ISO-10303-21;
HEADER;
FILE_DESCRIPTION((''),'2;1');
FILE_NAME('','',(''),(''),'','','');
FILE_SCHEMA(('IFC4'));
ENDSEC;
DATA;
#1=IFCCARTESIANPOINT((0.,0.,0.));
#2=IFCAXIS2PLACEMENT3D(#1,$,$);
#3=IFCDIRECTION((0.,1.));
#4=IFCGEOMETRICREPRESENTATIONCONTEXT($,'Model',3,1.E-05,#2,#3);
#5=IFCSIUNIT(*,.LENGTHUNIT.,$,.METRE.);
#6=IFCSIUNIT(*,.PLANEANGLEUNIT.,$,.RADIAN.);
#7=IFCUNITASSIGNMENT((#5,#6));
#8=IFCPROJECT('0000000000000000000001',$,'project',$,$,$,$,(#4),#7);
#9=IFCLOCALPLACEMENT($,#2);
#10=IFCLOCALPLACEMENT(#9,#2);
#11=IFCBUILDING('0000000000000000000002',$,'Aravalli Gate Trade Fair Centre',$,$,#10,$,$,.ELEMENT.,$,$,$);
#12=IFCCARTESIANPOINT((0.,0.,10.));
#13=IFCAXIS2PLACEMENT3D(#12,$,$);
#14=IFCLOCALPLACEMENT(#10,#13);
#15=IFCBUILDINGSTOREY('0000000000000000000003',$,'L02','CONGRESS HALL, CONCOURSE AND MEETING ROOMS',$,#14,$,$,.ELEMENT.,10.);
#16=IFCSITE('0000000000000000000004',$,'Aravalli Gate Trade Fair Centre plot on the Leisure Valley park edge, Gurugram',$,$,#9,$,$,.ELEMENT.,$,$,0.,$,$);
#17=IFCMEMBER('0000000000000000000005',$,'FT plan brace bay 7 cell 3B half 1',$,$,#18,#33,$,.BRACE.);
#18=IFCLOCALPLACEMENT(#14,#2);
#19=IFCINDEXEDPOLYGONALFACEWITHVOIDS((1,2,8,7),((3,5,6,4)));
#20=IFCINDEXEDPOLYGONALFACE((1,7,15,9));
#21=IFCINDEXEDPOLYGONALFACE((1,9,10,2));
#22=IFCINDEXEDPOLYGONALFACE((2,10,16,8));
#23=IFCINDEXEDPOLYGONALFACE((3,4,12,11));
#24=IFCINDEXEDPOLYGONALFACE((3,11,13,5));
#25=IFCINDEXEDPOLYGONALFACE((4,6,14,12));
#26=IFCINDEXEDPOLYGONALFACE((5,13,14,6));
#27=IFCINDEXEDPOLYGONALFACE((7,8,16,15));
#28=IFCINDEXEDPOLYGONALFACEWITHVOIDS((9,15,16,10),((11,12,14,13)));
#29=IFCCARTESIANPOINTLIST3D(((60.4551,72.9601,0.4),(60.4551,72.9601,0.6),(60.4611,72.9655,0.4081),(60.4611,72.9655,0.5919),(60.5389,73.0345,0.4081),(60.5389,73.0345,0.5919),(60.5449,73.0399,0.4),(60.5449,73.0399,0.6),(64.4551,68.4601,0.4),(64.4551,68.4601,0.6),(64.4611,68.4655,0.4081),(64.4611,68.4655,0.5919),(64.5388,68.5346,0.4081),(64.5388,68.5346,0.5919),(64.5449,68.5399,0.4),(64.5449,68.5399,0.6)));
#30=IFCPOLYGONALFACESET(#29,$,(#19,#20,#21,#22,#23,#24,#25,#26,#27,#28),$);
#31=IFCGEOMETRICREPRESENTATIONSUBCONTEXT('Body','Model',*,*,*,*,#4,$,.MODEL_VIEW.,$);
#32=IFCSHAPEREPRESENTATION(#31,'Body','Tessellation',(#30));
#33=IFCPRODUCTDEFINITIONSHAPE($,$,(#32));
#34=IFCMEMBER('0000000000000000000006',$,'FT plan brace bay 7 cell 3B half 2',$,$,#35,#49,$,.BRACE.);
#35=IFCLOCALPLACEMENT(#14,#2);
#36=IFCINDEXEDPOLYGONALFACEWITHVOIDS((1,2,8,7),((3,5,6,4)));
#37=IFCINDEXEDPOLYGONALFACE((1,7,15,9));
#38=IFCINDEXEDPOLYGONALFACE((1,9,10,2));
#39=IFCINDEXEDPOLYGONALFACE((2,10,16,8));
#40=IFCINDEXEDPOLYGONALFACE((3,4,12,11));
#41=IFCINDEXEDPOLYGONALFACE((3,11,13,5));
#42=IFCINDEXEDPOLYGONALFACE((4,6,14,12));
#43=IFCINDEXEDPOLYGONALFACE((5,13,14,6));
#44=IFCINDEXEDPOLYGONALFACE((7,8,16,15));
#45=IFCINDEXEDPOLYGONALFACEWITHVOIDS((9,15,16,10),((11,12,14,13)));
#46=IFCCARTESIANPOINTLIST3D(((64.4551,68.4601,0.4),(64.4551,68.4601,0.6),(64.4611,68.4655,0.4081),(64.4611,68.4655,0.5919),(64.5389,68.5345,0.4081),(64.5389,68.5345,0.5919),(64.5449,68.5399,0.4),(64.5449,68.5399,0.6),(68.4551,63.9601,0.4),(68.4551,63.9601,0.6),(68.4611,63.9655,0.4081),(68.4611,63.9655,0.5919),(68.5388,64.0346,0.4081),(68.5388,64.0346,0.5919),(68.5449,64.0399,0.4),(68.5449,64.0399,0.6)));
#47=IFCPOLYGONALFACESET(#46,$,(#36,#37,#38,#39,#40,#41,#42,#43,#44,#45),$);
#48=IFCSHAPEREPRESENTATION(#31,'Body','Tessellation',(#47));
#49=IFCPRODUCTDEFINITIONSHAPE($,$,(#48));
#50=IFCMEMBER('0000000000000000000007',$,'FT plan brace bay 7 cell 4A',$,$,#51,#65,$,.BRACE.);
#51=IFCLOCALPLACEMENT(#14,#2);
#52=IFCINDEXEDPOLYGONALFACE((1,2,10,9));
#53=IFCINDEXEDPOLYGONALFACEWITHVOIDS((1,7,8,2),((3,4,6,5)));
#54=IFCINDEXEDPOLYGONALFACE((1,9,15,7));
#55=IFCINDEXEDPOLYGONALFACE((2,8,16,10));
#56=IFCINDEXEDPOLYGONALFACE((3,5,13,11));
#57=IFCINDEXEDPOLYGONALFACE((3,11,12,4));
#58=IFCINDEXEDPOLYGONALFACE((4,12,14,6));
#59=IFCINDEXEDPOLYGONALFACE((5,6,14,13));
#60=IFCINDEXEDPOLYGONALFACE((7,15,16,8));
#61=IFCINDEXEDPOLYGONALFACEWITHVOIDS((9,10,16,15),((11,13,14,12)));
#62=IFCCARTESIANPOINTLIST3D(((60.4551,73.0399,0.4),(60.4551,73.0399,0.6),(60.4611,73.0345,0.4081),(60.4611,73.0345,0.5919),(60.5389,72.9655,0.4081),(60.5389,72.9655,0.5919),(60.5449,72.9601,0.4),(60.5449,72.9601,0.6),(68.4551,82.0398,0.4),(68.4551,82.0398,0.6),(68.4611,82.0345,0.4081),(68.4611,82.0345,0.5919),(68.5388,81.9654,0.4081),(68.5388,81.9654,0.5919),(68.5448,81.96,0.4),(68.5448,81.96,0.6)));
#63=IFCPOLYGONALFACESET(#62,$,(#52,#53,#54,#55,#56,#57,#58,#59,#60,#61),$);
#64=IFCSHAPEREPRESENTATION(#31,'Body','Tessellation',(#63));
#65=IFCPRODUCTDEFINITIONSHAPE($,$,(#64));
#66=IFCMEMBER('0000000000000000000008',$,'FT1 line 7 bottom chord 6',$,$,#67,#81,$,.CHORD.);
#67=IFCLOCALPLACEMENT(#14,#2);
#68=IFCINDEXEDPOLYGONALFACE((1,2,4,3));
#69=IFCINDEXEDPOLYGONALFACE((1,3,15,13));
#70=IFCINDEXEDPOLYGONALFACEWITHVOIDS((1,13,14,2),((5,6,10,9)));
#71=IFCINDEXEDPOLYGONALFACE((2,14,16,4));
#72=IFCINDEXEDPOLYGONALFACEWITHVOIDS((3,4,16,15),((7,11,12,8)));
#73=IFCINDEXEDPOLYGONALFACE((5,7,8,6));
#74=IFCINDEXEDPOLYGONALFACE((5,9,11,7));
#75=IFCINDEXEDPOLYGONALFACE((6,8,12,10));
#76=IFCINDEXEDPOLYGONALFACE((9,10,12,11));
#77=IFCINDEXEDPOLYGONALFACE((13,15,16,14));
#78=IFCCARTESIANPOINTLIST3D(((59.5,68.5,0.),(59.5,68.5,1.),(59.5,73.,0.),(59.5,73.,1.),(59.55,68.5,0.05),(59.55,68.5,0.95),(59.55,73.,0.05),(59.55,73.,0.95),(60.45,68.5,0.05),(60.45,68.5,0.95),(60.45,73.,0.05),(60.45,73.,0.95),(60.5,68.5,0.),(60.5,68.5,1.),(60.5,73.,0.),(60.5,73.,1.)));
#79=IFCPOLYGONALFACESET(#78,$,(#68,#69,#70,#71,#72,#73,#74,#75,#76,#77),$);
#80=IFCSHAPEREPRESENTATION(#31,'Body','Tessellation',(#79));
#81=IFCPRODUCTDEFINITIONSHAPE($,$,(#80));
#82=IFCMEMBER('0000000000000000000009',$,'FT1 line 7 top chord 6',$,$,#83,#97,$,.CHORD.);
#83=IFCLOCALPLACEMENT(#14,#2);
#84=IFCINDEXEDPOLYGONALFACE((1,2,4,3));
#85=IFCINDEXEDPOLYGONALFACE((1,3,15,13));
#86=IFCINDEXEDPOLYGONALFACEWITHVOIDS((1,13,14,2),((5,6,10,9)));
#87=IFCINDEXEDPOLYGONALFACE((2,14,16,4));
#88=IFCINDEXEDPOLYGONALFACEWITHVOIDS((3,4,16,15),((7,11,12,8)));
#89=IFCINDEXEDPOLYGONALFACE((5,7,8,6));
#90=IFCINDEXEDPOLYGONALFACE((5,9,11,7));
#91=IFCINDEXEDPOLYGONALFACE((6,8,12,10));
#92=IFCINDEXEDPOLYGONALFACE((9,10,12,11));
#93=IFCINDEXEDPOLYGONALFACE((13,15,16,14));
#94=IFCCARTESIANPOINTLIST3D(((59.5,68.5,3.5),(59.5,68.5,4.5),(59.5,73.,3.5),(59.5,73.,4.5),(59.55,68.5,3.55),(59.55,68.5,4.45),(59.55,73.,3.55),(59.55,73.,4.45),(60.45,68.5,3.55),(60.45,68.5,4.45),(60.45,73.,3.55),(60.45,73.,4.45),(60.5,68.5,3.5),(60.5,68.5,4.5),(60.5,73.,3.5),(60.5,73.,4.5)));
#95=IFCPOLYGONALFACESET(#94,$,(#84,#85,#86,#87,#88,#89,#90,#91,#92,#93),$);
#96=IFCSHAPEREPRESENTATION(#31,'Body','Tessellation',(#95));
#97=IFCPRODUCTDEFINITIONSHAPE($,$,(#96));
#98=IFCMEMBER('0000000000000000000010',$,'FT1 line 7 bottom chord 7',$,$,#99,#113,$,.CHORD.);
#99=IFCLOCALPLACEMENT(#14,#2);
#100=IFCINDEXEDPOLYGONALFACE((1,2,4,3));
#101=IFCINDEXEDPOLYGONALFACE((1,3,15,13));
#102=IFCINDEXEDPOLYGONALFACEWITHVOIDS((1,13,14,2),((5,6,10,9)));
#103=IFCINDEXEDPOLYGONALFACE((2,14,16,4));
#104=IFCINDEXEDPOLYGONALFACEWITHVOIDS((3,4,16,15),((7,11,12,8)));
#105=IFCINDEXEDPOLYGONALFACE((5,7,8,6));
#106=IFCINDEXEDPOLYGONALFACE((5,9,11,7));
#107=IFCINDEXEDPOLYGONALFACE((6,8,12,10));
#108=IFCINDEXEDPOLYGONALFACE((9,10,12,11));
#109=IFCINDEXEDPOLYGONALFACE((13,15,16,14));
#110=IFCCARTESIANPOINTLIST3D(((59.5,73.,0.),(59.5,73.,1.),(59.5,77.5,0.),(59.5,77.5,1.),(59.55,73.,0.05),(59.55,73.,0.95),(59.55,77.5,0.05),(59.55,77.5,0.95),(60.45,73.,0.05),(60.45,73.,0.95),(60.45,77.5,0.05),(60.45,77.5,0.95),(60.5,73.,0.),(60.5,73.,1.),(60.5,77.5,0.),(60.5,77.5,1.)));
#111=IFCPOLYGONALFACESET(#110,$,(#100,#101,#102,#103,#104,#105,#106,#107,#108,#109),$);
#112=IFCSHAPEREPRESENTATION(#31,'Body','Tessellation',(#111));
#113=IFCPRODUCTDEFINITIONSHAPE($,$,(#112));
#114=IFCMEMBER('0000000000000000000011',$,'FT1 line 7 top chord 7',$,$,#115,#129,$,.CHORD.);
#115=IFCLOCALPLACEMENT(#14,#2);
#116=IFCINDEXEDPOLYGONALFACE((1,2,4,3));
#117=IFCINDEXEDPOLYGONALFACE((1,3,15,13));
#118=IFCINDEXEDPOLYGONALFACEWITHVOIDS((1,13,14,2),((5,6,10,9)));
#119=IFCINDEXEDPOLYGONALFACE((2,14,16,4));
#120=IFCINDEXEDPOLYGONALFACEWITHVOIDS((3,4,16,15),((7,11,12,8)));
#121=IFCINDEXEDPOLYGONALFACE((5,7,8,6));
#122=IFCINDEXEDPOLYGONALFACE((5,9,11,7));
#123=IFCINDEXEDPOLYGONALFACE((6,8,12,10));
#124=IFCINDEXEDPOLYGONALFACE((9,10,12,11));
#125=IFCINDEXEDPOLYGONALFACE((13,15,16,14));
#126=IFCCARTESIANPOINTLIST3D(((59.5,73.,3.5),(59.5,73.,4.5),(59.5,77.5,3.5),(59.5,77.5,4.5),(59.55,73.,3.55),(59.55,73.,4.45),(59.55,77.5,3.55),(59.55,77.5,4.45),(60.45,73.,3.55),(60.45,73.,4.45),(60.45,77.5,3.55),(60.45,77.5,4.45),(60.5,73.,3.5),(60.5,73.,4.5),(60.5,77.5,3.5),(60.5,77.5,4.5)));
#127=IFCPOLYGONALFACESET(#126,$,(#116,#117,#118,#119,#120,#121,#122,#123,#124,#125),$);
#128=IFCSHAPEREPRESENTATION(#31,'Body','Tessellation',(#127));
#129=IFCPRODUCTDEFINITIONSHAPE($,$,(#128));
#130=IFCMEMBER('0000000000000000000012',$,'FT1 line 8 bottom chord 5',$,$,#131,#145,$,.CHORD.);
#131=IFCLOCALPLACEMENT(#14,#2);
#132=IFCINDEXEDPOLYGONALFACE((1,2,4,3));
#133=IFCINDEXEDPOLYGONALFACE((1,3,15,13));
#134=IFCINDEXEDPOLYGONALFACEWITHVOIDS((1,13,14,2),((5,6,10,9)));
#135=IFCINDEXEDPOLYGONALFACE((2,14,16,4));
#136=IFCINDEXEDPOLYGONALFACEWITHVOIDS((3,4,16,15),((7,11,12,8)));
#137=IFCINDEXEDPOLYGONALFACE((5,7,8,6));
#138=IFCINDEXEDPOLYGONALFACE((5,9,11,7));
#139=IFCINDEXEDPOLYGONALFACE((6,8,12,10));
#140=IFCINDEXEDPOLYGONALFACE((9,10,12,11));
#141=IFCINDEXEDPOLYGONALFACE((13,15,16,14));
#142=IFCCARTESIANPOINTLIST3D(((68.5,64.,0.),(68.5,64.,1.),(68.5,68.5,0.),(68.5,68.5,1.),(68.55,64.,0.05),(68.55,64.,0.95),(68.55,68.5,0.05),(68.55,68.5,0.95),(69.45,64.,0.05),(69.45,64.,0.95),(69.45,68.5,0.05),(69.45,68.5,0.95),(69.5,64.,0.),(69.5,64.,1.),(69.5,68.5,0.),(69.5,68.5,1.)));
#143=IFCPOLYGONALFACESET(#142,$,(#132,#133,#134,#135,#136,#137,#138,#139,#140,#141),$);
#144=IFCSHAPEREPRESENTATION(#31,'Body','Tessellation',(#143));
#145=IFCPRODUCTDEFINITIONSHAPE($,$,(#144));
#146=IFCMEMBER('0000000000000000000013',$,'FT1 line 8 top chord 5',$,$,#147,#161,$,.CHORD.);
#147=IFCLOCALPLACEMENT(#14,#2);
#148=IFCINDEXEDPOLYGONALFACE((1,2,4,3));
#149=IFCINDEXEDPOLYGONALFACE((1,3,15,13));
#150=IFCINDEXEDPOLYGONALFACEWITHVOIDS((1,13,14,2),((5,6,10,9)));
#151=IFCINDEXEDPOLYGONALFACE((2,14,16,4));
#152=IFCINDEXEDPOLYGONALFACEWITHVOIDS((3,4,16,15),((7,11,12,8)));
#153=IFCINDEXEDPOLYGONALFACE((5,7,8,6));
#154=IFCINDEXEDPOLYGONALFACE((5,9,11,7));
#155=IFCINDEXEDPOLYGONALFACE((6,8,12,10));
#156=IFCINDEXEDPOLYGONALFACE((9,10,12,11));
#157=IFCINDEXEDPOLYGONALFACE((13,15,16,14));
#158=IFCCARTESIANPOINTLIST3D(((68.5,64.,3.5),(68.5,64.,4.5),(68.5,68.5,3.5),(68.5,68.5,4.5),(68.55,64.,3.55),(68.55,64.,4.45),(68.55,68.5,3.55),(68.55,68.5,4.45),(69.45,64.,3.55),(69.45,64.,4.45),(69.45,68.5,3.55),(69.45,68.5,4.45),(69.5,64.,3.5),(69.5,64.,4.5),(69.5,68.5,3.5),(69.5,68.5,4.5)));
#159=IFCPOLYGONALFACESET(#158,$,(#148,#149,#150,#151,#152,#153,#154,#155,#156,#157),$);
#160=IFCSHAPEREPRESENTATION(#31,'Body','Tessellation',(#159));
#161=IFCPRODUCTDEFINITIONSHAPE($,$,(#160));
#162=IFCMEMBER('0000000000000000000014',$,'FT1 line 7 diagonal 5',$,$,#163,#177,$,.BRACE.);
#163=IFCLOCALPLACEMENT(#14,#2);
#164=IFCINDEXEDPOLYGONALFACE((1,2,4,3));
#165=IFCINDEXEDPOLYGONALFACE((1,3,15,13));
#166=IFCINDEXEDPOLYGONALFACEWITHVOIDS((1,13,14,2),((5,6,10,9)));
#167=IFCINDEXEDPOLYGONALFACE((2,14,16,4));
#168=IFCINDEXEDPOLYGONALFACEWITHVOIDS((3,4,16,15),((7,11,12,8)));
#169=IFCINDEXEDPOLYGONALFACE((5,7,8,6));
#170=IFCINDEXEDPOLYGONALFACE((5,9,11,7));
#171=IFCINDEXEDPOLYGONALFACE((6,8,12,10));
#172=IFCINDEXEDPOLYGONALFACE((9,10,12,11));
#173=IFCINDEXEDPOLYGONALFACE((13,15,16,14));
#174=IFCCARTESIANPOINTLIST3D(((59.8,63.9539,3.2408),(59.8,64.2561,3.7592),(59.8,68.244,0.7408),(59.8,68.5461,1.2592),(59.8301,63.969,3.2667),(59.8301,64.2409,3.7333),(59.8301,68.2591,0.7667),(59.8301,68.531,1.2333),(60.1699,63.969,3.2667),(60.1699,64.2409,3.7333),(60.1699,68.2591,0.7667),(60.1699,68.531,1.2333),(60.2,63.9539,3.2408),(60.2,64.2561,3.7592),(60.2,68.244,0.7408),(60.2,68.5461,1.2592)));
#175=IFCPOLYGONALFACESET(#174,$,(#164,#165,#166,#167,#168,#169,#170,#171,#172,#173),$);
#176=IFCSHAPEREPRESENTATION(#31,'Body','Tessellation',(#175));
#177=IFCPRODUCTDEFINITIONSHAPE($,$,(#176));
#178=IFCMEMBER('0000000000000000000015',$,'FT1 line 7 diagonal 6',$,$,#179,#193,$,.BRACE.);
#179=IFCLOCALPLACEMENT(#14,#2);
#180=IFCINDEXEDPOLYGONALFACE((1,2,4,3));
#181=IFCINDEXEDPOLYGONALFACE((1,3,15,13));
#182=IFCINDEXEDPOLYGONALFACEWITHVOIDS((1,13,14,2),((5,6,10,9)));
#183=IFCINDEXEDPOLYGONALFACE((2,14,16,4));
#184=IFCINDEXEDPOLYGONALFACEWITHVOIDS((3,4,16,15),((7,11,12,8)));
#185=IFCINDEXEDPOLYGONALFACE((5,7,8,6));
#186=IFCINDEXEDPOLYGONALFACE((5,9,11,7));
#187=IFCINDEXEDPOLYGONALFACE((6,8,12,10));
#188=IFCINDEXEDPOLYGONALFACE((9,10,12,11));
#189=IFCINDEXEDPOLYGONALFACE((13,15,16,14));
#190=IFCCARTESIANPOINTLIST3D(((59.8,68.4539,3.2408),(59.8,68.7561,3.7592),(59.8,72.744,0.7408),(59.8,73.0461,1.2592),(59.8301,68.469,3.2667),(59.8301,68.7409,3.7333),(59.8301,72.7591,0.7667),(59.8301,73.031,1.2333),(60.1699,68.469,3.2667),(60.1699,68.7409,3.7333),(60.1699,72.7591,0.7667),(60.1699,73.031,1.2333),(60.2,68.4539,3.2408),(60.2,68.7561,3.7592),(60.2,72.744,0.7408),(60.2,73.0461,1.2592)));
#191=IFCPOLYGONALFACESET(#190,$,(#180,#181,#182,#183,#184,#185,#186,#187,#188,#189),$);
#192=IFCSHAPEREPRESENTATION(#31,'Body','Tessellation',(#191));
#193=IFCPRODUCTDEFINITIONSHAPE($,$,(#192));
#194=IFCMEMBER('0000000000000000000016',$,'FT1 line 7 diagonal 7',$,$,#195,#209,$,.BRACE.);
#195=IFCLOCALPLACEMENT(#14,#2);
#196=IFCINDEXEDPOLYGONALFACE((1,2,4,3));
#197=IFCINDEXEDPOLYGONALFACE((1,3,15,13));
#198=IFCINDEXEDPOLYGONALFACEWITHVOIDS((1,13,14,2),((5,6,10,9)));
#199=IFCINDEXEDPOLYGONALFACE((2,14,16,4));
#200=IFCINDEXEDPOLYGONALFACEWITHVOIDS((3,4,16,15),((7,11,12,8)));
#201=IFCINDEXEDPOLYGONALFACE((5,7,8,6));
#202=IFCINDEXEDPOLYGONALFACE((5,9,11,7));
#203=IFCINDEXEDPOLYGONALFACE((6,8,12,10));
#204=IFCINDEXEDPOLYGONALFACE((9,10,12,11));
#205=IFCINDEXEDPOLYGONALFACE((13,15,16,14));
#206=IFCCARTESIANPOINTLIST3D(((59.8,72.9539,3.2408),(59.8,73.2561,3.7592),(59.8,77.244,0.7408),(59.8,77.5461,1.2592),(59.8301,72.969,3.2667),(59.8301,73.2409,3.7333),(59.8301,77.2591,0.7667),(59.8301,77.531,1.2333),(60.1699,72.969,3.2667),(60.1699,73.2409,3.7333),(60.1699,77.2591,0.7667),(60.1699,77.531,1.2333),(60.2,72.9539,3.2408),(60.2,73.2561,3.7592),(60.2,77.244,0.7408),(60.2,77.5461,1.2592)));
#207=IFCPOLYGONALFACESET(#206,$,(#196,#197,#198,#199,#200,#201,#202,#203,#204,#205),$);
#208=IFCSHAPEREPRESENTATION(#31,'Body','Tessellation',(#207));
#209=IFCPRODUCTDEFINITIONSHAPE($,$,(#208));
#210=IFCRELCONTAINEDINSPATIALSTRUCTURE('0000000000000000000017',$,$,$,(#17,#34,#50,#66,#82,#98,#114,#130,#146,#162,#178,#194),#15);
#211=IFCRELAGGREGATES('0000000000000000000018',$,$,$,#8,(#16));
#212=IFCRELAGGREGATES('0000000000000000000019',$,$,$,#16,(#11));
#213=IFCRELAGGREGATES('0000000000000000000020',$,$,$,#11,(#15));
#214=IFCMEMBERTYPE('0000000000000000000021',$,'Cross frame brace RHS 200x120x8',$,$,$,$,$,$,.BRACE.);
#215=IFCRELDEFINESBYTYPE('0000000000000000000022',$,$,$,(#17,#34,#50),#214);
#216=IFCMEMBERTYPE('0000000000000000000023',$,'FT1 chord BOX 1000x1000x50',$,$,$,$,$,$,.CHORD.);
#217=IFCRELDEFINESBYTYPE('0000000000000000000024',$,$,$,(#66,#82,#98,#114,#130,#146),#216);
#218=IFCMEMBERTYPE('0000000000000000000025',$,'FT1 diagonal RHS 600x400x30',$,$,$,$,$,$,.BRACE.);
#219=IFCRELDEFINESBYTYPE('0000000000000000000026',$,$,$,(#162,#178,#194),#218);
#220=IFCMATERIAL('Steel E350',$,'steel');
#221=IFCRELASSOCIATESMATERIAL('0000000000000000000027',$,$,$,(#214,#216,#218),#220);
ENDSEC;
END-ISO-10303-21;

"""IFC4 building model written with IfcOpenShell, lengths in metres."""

from ifc_helpers import new_model, si_unit, direction, frame, origin, origin_2d, place, context, subcontext, project, spatial, hollow_rectangle, extrude, material, material_profile, profile_set, type_object, element, save


model = new_model("IFC4")

# Units and contexts
model_context = context("Model", 3, precision=1e-05, world=origin(), true_north=direction((0.0, 1.0)))
body_context = subcontext(model_context, "Body", "Model", "MODEL_VIEW")
ifc_project = project(units=[si_unit("LENGTHUNIT", "METRE"), si_unit("PLANEANGLEUNIT", "RADIAN")], contexts=[model_context])

# Site, building, storey
site_placement = place(None, origin())
site = spatial("IfcSite", under=ifc_project, at=site_placement, Name="Aravalli Gate Trade Fair Centre plot on the Leisure Valley park edge, Gurugram", CompositionType="ELEMENT", RefElevation=0.0)
building_placement = place(site_placement, origin())
building = spatial("IfcBuilding", under=site, at=building_placement, Name="Aravalli Gate Trade Fair Centre", CompositionType="ELEMENT")
storey_placement = place(building_placement, frame((0.0, 0.0, 10.0)))
storey = spatial("IfcBuildingStorey", under=building, at=storey_placement, Name="L02", Description="CONGRESS HALL, CONCOURSE AND MEETING ROOMS", CompositionType="ELEMENT", Elevation=10.0)

# Members
ifc_material = material(Name="Steel E350", Category="steel")
ifc_material_profile_1 = material_profile(ifc_material, hollow_rectangle(XDim=0.1201, YDim=0.2, WallThickness=0.0081, at=origin_2d()), Name="RHS 200x120x8")
ifc_profile_set_1 = profile_set([ifc_material_profile_1], Name="Steel E350")
member_type_1 = type_object("IfcMemberType", Name="Cross frame brace RHS 200x120x8", PredefinedType="BRACE", material=ifc_profile_set_1)
for number, where, z_axis, x_axis, name in (
    (1, (60.5, 73.0, 0.5), (0.664364, -0.747409, 0.0), (0.747409, 0.664364, 0.0), "FT plan brace bay 7 cell 3B half 1"),
    (2, (64.5, 68.5, 0.5), (0.664364, -0.747409, 0.0), (0.747409, 0.664364, 0.0), "FT plan brace bay 7 cell 3B half 2"),
):
    element("IfcMember", number, at=place(storey_placement, frame(where, z_axis=z_axis, x_axis=x_axis)), inside=storey, type_object=member_type_1, Name=name, PredefinedType="BRACE", context=body_context, shape_type="SweptSolid", body=[
        extrude(hollow_rectangle(XDim=0.1201, YDim=0.2, WallThickness=0.0081, at=origin_2d()), origin(), (0.0, 0.0, 1.0), 6.0208),
    ])
member_placement = place(storey_placement, frame((60.5, 73.0, 0.5), z_axis=(0.664364, 0.747409, 0.0), x_axis=(-0.747409, 0.664364, 0.0)))
element("IfcMember", 3, at=member_placement, inside=storey, type_object=member_type_1, Name="FT plan brace bay 7 cell 4A", PredefinedType="BRACE", context=body_context, shape_type="SweptSolid", body=[
    extrude(hollow_rectangle(XDim=0.1201, YDim=0.2, WallThickness=0.0081, at=origin_2d()), origin(), (0.0, 0.0, 1.0), 12.0415),
])
ifc_material_profile_2 = material_profile(ifc_material, hollow_rectangle(XDim=1.0, YDim=1.0, WallThickness=0.05, at=origin_2d()), Name="BOX 1000x1000x50")
ifc_profile_set_2 = profile_set([ifc_material_profile_2], Name="Steel E350")
member_type_2 = type_object("IfcMemberType", Name="FT1 chord BOX 1000x1000x50", PredefinedType="CHORD", material=ifc_profile_set_2)
for number, where, z_axis, x_axis, name in (
    (4, (60.0, 68.5, 0.5), (0.0, 1.0, 0.0), (-1.0, 0.0, 0.0), "FT1 line 7 bottom chord 6"),
    (5, (60.0, 68.5, 4.0), (0.0, 1.0, 0.0), (-1.0, 0.0, 0.0), "FT1 line 7 top chord 6"),
    (6, (60.0, 73.0, 0.5), (0.0, 1.0, 0.0), (-1.0, 0.0, 0.0), "FT1 line 7 bottom chord 7"),
    (7, (60.0, 73.0, 4.0), (0.0, 1.0, 0.0), (-1.0, 0.0, 0.0), "FT1 line 7 top chord 7"),
    (8, (69.0, 64.0, 0.5), (0.0, 1.0, 0.0), (-1.0, 0.0, 0.0), "FT1 line 8 bottom chord 5"),
    (9, (69.0, 64.0, 4.0), (0.0, 1.0, 0.0), (-1.0, 0.0, 0.0), "FT1 line 8 top chord 5"),
):
    element("IfcMember", number, at=place(storey_placement, frame(where, z_axis=z_axis, x_axis=x_axis)), inside=storey, type_object=member_type_2, Name=name, PredefinedType="CHORD", context=body_context, shape_type="SweptSolid", body=[
        extrude(hollow_rectangle(XDim=1.0, YDim=1.0, WallThickness=0.05, at=origin_2d()), origin(), (0.0, 0.0, 1.0), 4.5),
    ])
ifc_material_profile_3 = material_profile(ifc_material, hollow_rectangle(XDim=0.3999, YDim=0.6001, WallThickness=0.03, at=origin_2d()), Name="RHS 600x400x30")
ifc_profile_set_3 = profile_set([ifc_material_profile_3], Name="Steel E350")
member_type_3 = type_object("IfcMemberType", Name="FT1 diagonal RHS 600x400x30", PredefinedType="BRACE", material=ifc_profile_set_3)
for number, where, z_axis, x_axis, name in (
    (10, (60.0, 64.105, 3.5), (0.0, 0.864, -0.503492), (-1.0, 0.0, 0.0), "FT1 line 7 diagonal 5"),
    (11, (60.0, 68.605, 3.5), (0.0, 0.864, -0.503492), (-1.0, 0.0, 0.0), "FT1 line 7 diagonal 6"),
    (12, (60.0, 73.105, 3.5), (0.0, 0.864, -0.503492), (-1.0, 0.0, 0.0), "FT1 line 7 diagonal 7"),
):
    element("IfcMember", number, at=place(storey_placement, frame(where, z_axis=z_axis, x_axis=x_axis)), inside=storey, type_object=member_type_3, Name=name, PredefinedType="BRACE", context=body_context, shape_type="SweptSolid", body=[
        extrude(hollow_rectangle(XDim=0.3999, YDim=0.6001, WallThickness=0.03, at=origin_2d()), origin(), (0.0, 0.0, 1.0), 4.9653),
    ])

save(model, "model.ifc")
